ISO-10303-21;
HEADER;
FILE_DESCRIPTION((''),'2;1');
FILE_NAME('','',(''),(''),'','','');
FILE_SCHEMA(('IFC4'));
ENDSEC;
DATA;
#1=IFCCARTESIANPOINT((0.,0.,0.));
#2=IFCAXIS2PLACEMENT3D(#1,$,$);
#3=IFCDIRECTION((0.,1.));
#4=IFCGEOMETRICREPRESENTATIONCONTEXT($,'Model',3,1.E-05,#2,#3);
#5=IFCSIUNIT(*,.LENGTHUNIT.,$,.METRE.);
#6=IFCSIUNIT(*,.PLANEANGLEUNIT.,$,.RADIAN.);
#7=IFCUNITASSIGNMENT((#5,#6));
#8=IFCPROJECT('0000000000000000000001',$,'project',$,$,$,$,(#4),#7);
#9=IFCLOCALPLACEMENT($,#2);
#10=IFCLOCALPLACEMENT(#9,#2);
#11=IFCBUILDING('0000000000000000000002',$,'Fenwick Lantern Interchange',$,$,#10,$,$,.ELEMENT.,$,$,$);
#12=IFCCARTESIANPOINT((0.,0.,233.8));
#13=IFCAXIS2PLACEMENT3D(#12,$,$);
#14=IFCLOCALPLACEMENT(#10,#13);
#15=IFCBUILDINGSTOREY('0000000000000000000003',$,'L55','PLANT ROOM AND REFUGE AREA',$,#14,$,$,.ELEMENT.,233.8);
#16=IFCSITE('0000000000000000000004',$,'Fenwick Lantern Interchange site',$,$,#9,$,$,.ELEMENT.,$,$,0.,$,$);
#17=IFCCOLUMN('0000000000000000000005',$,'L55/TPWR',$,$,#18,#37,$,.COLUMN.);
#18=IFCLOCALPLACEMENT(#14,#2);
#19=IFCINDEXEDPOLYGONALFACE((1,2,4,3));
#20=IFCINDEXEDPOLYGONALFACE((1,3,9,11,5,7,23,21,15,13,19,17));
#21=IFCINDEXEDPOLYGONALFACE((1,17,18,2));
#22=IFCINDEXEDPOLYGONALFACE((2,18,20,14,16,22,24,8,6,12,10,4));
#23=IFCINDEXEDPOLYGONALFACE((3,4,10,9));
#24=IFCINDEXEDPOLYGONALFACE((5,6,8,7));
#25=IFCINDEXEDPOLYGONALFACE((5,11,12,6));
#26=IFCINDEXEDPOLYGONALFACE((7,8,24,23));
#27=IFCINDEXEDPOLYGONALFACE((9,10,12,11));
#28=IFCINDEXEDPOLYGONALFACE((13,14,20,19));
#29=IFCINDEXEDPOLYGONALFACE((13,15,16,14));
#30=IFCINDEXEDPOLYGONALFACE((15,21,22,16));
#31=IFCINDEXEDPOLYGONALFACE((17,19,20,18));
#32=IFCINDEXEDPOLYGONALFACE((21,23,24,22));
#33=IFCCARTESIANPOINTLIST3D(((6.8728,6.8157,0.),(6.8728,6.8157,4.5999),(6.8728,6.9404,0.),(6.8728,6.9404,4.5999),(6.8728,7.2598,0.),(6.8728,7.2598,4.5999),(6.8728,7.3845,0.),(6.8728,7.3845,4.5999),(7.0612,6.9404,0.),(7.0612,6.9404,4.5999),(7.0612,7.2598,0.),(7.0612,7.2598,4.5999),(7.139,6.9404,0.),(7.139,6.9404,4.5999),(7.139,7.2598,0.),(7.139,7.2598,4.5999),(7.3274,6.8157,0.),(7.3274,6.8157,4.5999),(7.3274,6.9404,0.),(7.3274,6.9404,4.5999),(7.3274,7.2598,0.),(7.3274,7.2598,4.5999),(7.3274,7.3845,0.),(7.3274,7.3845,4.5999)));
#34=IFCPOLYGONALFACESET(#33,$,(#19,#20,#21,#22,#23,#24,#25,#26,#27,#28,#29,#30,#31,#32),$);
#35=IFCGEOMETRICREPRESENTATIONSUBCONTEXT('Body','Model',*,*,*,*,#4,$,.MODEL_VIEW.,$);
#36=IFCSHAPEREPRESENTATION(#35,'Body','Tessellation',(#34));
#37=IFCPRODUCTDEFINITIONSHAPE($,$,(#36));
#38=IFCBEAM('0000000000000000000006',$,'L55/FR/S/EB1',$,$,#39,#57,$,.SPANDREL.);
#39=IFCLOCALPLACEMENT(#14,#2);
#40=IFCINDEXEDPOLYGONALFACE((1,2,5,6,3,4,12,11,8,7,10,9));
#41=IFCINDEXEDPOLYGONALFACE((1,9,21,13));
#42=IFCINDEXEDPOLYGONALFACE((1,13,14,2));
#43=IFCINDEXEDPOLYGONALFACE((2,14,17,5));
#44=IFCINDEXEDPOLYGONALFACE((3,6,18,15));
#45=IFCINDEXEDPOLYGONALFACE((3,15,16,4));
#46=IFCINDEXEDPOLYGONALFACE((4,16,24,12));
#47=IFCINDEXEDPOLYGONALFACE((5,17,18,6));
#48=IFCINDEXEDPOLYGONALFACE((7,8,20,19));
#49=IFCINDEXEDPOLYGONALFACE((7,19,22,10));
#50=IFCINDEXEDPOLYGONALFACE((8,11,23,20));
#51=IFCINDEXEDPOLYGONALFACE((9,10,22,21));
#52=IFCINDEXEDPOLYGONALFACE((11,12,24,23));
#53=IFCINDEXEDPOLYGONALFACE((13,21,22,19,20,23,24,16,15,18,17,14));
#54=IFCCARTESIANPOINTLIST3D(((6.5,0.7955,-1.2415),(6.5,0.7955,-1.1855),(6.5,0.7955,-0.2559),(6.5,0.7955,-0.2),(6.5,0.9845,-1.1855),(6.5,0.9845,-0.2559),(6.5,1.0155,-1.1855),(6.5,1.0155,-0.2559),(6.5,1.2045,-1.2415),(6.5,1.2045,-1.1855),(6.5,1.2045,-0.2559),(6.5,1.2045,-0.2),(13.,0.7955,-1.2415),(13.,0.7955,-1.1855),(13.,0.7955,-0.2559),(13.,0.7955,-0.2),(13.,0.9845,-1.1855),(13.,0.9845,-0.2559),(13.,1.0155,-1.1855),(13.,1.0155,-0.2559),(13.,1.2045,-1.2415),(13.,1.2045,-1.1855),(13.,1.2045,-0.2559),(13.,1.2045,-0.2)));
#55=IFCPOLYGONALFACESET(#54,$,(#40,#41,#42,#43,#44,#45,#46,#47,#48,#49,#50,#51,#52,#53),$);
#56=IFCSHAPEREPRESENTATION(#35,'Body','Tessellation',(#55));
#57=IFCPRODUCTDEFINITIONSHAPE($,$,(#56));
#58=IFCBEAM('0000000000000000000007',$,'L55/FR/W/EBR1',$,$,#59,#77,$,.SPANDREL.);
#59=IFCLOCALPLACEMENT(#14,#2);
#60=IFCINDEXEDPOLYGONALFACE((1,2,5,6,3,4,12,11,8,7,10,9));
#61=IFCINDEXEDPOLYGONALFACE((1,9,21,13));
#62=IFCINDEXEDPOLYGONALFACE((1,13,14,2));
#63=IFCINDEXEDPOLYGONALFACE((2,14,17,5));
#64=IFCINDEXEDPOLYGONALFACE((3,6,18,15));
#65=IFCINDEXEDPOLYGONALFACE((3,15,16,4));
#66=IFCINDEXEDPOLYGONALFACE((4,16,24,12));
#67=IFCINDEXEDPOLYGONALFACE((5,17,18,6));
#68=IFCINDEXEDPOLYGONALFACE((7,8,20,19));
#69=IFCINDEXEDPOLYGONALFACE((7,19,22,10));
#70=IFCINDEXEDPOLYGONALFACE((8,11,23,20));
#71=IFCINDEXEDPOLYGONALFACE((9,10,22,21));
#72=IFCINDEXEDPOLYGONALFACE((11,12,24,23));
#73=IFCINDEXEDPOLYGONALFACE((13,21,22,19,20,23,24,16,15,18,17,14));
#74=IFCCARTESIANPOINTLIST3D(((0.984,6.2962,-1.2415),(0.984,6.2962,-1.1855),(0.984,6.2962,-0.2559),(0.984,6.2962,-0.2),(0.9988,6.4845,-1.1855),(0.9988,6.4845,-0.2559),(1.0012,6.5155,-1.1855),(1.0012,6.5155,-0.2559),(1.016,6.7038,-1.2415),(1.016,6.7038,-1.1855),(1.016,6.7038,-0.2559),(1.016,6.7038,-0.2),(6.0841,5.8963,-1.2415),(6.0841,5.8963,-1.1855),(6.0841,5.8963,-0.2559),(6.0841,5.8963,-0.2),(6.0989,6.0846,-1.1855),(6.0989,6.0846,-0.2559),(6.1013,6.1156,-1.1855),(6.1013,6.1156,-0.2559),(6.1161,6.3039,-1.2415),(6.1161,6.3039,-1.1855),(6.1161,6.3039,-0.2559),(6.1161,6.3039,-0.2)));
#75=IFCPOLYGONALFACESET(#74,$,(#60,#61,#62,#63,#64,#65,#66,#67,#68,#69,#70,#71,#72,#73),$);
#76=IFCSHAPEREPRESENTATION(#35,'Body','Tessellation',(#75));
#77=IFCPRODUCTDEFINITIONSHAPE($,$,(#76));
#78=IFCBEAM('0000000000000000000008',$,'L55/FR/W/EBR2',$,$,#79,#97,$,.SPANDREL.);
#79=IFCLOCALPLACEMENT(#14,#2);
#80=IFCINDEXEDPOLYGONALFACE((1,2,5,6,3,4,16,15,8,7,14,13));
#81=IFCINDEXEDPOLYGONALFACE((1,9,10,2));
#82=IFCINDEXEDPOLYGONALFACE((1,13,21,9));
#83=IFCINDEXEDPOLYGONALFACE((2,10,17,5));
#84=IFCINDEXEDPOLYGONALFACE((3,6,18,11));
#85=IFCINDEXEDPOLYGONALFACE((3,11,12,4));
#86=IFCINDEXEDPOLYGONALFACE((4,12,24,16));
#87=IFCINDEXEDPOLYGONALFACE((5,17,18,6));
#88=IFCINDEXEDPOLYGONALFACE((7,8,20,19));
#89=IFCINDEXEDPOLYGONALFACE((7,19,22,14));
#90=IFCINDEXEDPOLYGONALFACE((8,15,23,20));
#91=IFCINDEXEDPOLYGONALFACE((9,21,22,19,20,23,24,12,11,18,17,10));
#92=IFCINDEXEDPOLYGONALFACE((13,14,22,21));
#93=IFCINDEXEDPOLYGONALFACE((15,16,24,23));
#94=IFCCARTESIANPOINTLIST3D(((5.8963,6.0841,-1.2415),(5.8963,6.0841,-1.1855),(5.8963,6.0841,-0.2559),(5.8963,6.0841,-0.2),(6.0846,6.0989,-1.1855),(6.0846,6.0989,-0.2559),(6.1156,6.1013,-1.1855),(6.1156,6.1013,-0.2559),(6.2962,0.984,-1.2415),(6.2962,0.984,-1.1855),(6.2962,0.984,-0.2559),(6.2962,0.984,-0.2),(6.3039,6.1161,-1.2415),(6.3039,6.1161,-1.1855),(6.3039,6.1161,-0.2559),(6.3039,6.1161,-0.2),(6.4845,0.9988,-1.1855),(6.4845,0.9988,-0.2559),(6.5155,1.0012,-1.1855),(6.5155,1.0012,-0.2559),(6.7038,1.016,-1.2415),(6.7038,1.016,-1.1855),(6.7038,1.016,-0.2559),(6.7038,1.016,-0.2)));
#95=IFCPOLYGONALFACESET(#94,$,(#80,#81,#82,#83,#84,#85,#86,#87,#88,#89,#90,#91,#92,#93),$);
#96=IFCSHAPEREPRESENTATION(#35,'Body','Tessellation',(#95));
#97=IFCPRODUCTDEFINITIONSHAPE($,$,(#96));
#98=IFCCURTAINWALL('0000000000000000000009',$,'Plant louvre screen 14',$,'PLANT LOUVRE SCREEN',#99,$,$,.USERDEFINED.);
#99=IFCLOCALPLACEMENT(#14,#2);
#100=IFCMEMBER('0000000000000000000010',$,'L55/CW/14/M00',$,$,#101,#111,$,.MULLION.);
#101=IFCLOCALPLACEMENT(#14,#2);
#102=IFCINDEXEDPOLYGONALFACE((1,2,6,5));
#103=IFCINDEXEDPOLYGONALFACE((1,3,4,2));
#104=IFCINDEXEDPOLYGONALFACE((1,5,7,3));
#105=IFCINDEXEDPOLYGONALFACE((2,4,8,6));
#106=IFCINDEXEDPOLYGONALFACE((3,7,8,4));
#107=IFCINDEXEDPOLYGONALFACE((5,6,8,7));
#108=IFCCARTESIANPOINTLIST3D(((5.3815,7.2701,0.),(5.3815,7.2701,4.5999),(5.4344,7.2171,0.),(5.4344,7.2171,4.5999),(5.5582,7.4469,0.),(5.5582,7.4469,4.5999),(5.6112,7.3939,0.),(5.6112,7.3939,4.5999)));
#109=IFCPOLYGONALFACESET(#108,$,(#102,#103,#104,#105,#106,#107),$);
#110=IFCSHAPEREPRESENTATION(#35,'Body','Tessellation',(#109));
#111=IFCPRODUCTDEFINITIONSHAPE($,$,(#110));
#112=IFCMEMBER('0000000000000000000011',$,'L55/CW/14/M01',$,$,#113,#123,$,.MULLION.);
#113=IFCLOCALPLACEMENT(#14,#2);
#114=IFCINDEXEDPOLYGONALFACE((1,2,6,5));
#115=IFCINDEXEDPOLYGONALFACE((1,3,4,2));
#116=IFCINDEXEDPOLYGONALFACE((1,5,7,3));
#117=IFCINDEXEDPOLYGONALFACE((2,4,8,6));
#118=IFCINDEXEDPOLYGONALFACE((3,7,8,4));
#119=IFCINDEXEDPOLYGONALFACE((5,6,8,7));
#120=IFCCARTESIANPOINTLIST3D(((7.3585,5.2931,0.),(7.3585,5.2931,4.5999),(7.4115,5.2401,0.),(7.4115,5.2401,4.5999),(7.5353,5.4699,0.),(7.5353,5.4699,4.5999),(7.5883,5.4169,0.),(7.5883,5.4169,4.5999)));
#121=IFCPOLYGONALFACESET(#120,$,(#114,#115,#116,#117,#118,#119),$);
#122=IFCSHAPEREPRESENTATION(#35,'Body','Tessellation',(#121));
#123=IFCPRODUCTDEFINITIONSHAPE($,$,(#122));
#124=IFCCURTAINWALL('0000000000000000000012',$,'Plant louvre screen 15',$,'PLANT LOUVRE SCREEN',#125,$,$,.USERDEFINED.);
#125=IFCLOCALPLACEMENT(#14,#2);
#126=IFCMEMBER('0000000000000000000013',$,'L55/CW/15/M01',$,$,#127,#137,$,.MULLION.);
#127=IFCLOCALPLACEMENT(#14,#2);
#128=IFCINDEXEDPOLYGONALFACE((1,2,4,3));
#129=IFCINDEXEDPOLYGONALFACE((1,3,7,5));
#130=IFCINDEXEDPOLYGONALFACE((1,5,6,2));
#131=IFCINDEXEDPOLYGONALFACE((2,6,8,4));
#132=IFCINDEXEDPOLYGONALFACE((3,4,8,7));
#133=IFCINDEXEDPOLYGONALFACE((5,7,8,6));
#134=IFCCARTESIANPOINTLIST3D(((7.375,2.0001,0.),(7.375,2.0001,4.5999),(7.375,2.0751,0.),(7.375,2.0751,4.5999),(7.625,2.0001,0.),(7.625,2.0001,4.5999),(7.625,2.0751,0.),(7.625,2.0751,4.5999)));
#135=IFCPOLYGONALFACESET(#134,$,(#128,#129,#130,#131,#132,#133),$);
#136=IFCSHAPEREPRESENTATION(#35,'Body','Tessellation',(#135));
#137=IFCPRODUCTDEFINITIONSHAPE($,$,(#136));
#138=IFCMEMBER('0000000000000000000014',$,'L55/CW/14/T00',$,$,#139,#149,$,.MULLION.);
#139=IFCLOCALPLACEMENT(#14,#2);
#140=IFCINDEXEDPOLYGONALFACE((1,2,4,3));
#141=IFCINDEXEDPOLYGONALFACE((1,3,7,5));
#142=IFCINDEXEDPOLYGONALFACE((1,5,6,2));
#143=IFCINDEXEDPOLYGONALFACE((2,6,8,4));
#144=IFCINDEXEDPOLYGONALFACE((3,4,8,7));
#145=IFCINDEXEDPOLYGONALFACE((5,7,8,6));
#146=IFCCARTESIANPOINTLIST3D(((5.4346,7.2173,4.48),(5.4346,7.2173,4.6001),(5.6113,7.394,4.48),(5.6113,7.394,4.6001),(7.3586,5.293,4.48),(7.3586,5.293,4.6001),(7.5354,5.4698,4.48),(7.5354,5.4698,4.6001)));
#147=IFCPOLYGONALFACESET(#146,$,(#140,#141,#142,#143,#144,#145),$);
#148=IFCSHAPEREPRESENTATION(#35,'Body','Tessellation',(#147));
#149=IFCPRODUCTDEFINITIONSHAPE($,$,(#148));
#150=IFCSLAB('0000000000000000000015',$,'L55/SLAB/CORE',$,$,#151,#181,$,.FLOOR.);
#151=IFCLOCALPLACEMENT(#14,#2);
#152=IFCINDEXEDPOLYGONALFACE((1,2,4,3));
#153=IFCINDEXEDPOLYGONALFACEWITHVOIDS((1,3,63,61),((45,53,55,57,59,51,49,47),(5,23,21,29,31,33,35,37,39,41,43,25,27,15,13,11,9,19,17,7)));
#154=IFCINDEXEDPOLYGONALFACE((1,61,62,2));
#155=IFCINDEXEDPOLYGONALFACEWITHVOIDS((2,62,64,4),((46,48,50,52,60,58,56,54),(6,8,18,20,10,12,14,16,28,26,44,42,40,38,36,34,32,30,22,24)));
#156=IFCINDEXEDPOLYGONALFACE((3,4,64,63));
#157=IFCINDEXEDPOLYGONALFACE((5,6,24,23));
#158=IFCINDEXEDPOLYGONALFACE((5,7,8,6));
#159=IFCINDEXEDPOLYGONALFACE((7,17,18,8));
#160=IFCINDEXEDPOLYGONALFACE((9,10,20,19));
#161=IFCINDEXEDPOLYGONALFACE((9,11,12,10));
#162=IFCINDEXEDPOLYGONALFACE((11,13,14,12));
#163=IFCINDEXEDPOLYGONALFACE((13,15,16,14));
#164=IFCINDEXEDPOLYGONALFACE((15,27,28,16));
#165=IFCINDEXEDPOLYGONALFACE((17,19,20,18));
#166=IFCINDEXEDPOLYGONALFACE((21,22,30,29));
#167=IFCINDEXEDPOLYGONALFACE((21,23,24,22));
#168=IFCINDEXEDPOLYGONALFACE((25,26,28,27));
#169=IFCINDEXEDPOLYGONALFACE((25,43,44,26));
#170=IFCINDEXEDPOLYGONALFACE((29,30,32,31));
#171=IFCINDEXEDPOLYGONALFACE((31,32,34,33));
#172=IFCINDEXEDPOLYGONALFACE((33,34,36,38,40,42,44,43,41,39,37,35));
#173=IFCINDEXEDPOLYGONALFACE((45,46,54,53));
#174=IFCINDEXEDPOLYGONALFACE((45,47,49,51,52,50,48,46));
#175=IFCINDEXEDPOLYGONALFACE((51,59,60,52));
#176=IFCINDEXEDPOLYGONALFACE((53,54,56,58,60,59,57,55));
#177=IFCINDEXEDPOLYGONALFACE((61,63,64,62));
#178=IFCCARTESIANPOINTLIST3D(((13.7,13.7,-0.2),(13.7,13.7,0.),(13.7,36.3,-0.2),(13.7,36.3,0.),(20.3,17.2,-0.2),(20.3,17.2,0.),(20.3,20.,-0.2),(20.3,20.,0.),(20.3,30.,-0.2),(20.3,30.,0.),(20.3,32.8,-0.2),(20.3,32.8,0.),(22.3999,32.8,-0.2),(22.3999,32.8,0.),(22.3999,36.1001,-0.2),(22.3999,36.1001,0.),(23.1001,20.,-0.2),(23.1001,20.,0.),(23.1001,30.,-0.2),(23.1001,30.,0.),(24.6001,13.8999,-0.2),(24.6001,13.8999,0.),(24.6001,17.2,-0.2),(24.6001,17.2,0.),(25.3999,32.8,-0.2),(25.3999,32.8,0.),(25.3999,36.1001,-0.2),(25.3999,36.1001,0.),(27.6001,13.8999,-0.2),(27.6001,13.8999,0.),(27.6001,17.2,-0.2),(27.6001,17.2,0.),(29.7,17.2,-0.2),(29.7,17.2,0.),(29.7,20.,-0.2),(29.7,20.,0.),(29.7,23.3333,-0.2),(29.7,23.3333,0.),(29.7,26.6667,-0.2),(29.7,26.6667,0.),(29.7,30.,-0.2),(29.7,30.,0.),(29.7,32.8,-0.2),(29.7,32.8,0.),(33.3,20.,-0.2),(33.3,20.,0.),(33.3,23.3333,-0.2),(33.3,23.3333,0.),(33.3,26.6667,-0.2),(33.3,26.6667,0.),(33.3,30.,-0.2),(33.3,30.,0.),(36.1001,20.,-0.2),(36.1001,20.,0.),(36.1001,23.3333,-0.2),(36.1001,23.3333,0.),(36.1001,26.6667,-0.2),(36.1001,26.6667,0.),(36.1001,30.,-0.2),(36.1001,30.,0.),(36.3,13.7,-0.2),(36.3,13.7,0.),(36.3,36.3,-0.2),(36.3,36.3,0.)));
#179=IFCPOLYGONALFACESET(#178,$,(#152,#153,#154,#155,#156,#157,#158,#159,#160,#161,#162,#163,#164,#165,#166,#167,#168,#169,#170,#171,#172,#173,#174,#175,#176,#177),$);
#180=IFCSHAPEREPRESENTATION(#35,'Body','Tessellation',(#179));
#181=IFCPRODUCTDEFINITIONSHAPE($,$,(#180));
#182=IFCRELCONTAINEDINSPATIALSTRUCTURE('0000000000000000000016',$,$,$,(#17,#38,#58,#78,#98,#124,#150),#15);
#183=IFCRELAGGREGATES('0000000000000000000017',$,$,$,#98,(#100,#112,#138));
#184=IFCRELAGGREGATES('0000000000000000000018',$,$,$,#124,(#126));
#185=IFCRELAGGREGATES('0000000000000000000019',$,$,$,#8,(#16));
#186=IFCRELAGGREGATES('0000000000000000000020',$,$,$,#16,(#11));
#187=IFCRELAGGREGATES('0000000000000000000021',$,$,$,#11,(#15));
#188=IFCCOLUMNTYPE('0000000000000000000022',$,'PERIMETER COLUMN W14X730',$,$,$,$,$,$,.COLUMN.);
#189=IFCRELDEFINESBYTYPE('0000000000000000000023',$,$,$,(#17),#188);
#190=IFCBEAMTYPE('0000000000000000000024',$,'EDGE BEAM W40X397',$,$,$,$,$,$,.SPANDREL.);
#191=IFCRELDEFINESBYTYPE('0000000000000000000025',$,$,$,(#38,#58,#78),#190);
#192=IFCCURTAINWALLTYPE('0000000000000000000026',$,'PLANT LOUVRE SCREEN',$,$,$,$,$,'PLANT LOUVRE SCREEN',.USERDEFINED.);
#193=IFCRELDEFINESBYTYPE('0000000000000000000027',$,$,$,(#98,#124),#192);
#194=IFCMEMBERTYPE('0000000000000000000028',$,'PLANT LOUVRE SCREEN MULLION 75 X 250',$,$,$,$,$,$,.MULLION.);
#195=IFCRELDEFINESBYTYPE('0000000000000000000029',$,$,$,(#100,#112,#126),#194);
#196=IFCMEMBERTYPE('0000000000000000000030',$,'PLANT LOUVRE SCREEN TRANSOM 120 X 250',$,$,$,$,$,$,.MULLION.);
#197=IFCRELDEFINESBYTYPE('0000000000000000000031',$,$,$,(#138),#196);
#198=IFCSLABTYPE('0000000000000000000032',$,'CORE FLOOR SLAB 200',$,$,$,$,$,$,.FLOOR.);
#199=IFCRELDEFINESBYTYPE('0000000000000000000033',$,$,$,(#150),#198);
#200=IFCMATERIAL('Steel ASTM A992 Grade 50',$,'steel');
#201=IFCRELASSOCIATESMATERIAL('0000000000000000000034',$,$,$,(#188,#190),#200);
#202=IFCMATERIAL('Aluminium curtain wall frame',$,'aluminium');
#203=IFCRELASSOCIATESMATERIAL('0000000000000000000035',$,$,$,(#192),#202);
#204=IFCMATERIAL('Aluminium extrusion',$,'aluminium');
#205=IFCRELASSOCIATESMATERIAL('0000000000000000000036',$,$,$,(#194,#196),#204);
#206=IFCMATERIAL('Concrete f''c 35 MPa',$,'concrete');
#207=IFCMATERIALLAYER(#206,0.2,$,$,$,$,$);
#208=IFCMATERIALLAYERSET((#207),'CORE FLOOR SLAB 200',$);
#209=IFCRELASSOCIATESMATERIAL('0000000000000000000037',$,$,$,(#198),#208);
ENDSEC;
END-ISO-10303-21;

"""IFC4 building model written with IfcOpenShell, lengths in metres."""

from ifc_helpers import new_model, si_unit, direction, frame, origin, origin_2d, place, context, subcontext, project, spatial, polyline, rectangle, i_section, outline, extrude, material, layer, layer_set, material_profile, profile_set, type_object, element, aggregate, save


model = new_model("IFC4")

# Units and contexts
model_context = context("Model", 3, precision=1e-05, world=origin(), true_north=direction((0.0, 1.0)))
body_context = subcontext(model_context, "Body", "Model", "MODEL_VIEW")
ifc_project = project(units=[si_unit("LENGTHUNIT", "METRE"), si_unit("PLANEANGLEUNIT", "RADIAN")], contexts=[model_context])

# Site, building, storey
site_placement = place(None, origin())
site = spatial("IfcSite", under=ifc_project, at=site_placement, Name="Fenwick Lantern Interchange site", CompositionType="ELEMENT", RefElevation=0.0)
building_placement = place(site_placement, origin())
building = spatial("IfcBuilding", under=site, at=building_placement, Name="Fenwick Lantern Interchange", CompositionType="ELEMENT")
storey_placement = place(building_placement, frame((0.0, 0.0, 233.8)))
storey = spatial("IfcBuildingStorey", under=building, at=storey_placement, Name="L55", Description="PLANT ROOM AND REFUGE AREA", CompositionType="ELEMENT", Elevation=233.8)

# Column
ifc_material_1 = material(Name="Steel ASTM A992 Grade 50", Category="steel")
ifc_material_profile_1 = material_profile(ifc_material_1, i_section(OverallWidth=0.4546, OverallDepth=0.5688, WebThickness=0.0779, FlangeThickness=0.1248, at=origin_2d()), Name="W14X730")
ifc_profile_set_1 = profile_set([ifc_material_profile_1], Name="Steel ASTM A992 Grade 50")
column_type = type_object("IfcColumnType", Name="PERIMETER COLUMN W14X730", PredefinedType="COLUMN", material=ifc_profile_set_1)
column_placement = place(storey_placement, frame((7.1001, 7.1001, 0.0), z_axis=(0.0, 0.0, 1.0), x_axis=(1.0, 0.0, 0.0)))
element("IfcColumn", 1, at=column_placement, inside=storey, type_object=column_type, Name="L55/TPWR", PredefinedType="COLUMN", context=body_context, shape_type="SweptSolid", body=[
    extrude(i_section(OverallWidth=0.4546, OverallDepth=0.5688, WebThickness=0.0779, FlangeThickness=0.1248, at=origin_2d()), origin(), (0.0, 0.0, 1.0), 4.5999),
])

# Beams
ifc_material_profile_2 = material_profile(ifc_material_1, i_section(OverallWidth=0.4089, OverallDepth=1.0415, WebThickness=0.031, FlangeThickness=0.0559, at=origin_2d()), Name="W40X397")
ifc_profile_set_2 = profile_set([ifc_material_profile_2], Name="Steel ASTM A992 Grade 50")
beam_type = type_object("IfcBeamType", Name="EDGE BEAM W40X397", PredefinedType="SPANDREL", material=ifc_profile_set_2)
beam_placement = place(storey_placement, frame((6.5, 1.0, -0.7207), z_axis=(1.0, 0.0, 0.0), x_axis=(0.0, 1.0, 0.0)))
element("IfcBeam", 2, at=beam_placement, inside=storey, type_object=beam_type, Name="L55/FR/S/EB1", PredefinedType="SPANDREL", context=body_context, shape_type="SweptSolid", body=[
    extrude(i_section(OverallWidth=0.4089, OverallDepth=1.0415, WebThickness=0.031, FlangeThickness=0.0559, at=origin_2d()), origin(), (0.0, 0.0, 1.0), 6.5),
])
for number, where, z_axis, x_axis, name in (
    (3, (1.0, 6.5, -0.7207), (0.99694, -0.078171, 0.0), (0.078171, 0.99694, 0.0), "L55/FR/W/EBR1"),
    (4, (6.1001, 6.1001, -0.7207), (0.078171, -0.99694, 0.0), (0.99694, 0.078171, 0.0), "L55/FR/W/EBR2"),
):
    element("IfcBeam", number, at=place(storey_placement, frame(where, z_axis=z_axis, x_axis=x_axis)), inside=storey, type_object=beam_type, Name=name, PredefinedType="SPANDREL", context=body_context, shape_type="SweptSolid", body=[
        extrude(i_section(OverallWidth=0.4089, OverallDepth=1.0415, WebThickness=0.031, FlangeThickness=0.0559, at=origin_2d()), origin(), (0.0, 0.0, 1.0), 5.1157),
    ])

# Curtain wall, members
ifc_material_2 = material(Name="Aluminium curtain wall frame", Category="aluminium")
curtain_wall_type = type_object("IfcCurtainWallType", Name="PLANT LOUVRE SCREEN", ElementType="PLANT LOUVRE SCREEN", PredefinedType="USERDEFINED", material=ifc_material_2)
curtain_wall_1_placement = place(storey_placement, origin())
curtain_wall_1 = element("IfcCurtainWall", 5, at=curtain_wall_1_placement, inside=storey, type_object=curtain_wall_type, Name="Plant louvre screen 14", ObjectType="PLANT LOUVRE SCREEN", PredefinedType="USERDEFINED")
ifc_material_3 = material(Name="Aluminium extrusion", Category="aluminium")
ifc_material_profile_3 = material_profile(ifc_material_3, rectangle(XDim=0.25, YDim=0.075, at=origin_2d()), Name="PLANT LOUVRE SCREEN MULLION 75 X 250")
ifc_profile_set_3 = profile_set([ifc_material_profile_3], Name="Aluminium extrusion")
member_type_1 = type_object("IfcMemberType", Name="PLANT LOUVRE SCREEN MULLION 75 X 250", PredefinedType="MULLION", material=ifc_profile_set_3)
member_1_placement = place(storey_placement, frame((5.4963, 7.332, 0.0), z_axis=(0.0, 0.0, 1.0), x_axis=(0.707107, 0.707107, 0.0)))
member_1 = element("IfcMember", 6, at=member_1_placement, type_object=member_type_1, Name="L55/CW/14/M00", PredefinedType="MULLION", context=body_context, shape_type="SweptSolid", body=[
    extrude(rectangle(XDim=0.25, YDim=0.075, at=origin_2d()), origin(), (0.0, 0.0, 1.0), 4.5999),
])
member_2_placement = place(storey_placement, frame((7.4734, 5.355, 0.0), z_axis=(0.0, 0.0, 1.0), x_axis=(0.707107, 0.707107, 0.0)))
member_2 = element("IfcMember", 7, at=member_2_placement, type_object=member_type_1, Name="L55/CW/14/M01", PredefinedType="MULLION", context=body_context, shape_type="SweptSolid", body=[
    extrude(rectangle(XDim=0.25, YDim=0.075, at=origin_2d()), origin(), (0.0, 0.0, 1.0), 4.5999),
])

# Curtain wall, member
curtain_wall_2_placement = place(storey_placement, origin())
curtain_wall_2 = element("IfcCurtainWall", 8, at=curtain_wall_2_placement, inside=storey, type_object=curtain_wall_type, Name="Plant louvre screen 15", ObjectType="PLANT LOUVRE SCREEN", PredefinedType="USERDEFINED")
member_3_placement = place(storey_placement, frame((7.5, 2.0376, 0.0), z_axis=(0.0, 0.0, 1.0), x_axis=(1.0, 0.0, 0.0)))
member_3 = element("IfcMember", 9, at=member_3_placement, type_object=member_type_1, Name="L55/CW/15/M01", PredefinedType="MULLION", context=body_context, shape_type="SweptSolid", body=[
    extrude(rectangle(XDim=0.25, YDim=0.075, at=origin_2d()), origin(), (0.0, 0.0, 1.0), 4.5999),
])

# Member
ifc_material_profile_4 = material_profile(ifc_material_3, rectangle(XDim=0.25, YDim=0.1201, at=origin_2d()), Name="PLANT LOUVRE SCREEN TRANSOM 120 X 250")
ifc_profile_set_4 = profile_set([ifc_material_profile_4], Name="Aluminium extrusion")
member_type_2 = type_object("IfcMemberType", Name="PLANT LOUVRE SCREEN TRANSOM 120 X 250", PredefinedType="MULLION", material=ifc_profile_set_4)
member_4_placement = place(storey_placement, frame((5.5229, 7.3057, 4.54), z_axis=(0.707062, -0.707152, 0.0), x_axis=(0.707152, 0.707062, 0.0)))
member_4 = element("IfcMember", 10, at=member_4_placement, type_object=member_type_2, Name="L55/CW/14/T00", PredefinedType="MULLION", context=body_context, shape_type="SweptSolid", body=[
    extrude(rectangle(XDim=0.25, YDim=0.1201, at=origin_2d()), origin(), (0.0, 0.0, 1.0), 2.7212),
])

# Slab
ifc_material_4 = material(Name="Concrete f'c 35 MPa", Category="concrete")
ifc_layer_1 = layer(ifc_material_4, 0.2)
ifc_layer_set_1 = layer_set([ifc_layer_1], Name="CORE FLOOR SLAB 200")
slab_type_1 = type_object("IfcSlabType", Name="CORE FLOOR SLAB 200", PredefinedType="FLOOR", material=ifc_layer_set_1)
slab_1_placement = place(storey_placement, frame((0.0, 0.0, -0.2)))
element("IfcSlab", 11, at=slab_1_placement, inside=storey, type_object=slab_type_1, Name="L55/SLAB/CORE", PredefinedType="FLOOR", context=body_context, shape_type="SweptSolid", body=[
    extrude(outline(polyline([(13.7, 36.3), (36.3, 36.3), (36.3, 13.7), (13.7, 13.7), (13.7, 36.3)]), holes=[polyline([(24.6001, 13.8999), (27.6001, 13.8999), (27.6001, 17.2), (29.7, 17.2), (29.7, 20.0), (29.7, 23.3333), (29.7, 26.6667), (29.7, 30.0), (29.7, 32.8), (25.3999, 32.8), (25.3999, 36.1001), (22.3999, 36.1001), (22.3999, 32.8), (20.3, 32.8), (20.3, 30.0), (23.1001, 30.0), (23.1001, 20.0), (20.3, 20.0), (20.3, 17.2), (24.6001, 17.2), (24.6001, 13.8999)]), polyline([(33.3, 23.3333), (33.3, 20.0), (36.1001, 20.0), (36.1001, 23.3333), (36.1001, 26.6667), (36.1001, 30.0), (33.3, 30.0), (33.3, 26.6667), (33.3, 23.3333)])]), origin(), (0.0, 0.0, 1.0), 0.2),
])

aggregate(curtain_wall_1, [member_1, member_2, member_4])
aggregate(curtain_wall_2, [member_3])

save(model, "model.ifc")
